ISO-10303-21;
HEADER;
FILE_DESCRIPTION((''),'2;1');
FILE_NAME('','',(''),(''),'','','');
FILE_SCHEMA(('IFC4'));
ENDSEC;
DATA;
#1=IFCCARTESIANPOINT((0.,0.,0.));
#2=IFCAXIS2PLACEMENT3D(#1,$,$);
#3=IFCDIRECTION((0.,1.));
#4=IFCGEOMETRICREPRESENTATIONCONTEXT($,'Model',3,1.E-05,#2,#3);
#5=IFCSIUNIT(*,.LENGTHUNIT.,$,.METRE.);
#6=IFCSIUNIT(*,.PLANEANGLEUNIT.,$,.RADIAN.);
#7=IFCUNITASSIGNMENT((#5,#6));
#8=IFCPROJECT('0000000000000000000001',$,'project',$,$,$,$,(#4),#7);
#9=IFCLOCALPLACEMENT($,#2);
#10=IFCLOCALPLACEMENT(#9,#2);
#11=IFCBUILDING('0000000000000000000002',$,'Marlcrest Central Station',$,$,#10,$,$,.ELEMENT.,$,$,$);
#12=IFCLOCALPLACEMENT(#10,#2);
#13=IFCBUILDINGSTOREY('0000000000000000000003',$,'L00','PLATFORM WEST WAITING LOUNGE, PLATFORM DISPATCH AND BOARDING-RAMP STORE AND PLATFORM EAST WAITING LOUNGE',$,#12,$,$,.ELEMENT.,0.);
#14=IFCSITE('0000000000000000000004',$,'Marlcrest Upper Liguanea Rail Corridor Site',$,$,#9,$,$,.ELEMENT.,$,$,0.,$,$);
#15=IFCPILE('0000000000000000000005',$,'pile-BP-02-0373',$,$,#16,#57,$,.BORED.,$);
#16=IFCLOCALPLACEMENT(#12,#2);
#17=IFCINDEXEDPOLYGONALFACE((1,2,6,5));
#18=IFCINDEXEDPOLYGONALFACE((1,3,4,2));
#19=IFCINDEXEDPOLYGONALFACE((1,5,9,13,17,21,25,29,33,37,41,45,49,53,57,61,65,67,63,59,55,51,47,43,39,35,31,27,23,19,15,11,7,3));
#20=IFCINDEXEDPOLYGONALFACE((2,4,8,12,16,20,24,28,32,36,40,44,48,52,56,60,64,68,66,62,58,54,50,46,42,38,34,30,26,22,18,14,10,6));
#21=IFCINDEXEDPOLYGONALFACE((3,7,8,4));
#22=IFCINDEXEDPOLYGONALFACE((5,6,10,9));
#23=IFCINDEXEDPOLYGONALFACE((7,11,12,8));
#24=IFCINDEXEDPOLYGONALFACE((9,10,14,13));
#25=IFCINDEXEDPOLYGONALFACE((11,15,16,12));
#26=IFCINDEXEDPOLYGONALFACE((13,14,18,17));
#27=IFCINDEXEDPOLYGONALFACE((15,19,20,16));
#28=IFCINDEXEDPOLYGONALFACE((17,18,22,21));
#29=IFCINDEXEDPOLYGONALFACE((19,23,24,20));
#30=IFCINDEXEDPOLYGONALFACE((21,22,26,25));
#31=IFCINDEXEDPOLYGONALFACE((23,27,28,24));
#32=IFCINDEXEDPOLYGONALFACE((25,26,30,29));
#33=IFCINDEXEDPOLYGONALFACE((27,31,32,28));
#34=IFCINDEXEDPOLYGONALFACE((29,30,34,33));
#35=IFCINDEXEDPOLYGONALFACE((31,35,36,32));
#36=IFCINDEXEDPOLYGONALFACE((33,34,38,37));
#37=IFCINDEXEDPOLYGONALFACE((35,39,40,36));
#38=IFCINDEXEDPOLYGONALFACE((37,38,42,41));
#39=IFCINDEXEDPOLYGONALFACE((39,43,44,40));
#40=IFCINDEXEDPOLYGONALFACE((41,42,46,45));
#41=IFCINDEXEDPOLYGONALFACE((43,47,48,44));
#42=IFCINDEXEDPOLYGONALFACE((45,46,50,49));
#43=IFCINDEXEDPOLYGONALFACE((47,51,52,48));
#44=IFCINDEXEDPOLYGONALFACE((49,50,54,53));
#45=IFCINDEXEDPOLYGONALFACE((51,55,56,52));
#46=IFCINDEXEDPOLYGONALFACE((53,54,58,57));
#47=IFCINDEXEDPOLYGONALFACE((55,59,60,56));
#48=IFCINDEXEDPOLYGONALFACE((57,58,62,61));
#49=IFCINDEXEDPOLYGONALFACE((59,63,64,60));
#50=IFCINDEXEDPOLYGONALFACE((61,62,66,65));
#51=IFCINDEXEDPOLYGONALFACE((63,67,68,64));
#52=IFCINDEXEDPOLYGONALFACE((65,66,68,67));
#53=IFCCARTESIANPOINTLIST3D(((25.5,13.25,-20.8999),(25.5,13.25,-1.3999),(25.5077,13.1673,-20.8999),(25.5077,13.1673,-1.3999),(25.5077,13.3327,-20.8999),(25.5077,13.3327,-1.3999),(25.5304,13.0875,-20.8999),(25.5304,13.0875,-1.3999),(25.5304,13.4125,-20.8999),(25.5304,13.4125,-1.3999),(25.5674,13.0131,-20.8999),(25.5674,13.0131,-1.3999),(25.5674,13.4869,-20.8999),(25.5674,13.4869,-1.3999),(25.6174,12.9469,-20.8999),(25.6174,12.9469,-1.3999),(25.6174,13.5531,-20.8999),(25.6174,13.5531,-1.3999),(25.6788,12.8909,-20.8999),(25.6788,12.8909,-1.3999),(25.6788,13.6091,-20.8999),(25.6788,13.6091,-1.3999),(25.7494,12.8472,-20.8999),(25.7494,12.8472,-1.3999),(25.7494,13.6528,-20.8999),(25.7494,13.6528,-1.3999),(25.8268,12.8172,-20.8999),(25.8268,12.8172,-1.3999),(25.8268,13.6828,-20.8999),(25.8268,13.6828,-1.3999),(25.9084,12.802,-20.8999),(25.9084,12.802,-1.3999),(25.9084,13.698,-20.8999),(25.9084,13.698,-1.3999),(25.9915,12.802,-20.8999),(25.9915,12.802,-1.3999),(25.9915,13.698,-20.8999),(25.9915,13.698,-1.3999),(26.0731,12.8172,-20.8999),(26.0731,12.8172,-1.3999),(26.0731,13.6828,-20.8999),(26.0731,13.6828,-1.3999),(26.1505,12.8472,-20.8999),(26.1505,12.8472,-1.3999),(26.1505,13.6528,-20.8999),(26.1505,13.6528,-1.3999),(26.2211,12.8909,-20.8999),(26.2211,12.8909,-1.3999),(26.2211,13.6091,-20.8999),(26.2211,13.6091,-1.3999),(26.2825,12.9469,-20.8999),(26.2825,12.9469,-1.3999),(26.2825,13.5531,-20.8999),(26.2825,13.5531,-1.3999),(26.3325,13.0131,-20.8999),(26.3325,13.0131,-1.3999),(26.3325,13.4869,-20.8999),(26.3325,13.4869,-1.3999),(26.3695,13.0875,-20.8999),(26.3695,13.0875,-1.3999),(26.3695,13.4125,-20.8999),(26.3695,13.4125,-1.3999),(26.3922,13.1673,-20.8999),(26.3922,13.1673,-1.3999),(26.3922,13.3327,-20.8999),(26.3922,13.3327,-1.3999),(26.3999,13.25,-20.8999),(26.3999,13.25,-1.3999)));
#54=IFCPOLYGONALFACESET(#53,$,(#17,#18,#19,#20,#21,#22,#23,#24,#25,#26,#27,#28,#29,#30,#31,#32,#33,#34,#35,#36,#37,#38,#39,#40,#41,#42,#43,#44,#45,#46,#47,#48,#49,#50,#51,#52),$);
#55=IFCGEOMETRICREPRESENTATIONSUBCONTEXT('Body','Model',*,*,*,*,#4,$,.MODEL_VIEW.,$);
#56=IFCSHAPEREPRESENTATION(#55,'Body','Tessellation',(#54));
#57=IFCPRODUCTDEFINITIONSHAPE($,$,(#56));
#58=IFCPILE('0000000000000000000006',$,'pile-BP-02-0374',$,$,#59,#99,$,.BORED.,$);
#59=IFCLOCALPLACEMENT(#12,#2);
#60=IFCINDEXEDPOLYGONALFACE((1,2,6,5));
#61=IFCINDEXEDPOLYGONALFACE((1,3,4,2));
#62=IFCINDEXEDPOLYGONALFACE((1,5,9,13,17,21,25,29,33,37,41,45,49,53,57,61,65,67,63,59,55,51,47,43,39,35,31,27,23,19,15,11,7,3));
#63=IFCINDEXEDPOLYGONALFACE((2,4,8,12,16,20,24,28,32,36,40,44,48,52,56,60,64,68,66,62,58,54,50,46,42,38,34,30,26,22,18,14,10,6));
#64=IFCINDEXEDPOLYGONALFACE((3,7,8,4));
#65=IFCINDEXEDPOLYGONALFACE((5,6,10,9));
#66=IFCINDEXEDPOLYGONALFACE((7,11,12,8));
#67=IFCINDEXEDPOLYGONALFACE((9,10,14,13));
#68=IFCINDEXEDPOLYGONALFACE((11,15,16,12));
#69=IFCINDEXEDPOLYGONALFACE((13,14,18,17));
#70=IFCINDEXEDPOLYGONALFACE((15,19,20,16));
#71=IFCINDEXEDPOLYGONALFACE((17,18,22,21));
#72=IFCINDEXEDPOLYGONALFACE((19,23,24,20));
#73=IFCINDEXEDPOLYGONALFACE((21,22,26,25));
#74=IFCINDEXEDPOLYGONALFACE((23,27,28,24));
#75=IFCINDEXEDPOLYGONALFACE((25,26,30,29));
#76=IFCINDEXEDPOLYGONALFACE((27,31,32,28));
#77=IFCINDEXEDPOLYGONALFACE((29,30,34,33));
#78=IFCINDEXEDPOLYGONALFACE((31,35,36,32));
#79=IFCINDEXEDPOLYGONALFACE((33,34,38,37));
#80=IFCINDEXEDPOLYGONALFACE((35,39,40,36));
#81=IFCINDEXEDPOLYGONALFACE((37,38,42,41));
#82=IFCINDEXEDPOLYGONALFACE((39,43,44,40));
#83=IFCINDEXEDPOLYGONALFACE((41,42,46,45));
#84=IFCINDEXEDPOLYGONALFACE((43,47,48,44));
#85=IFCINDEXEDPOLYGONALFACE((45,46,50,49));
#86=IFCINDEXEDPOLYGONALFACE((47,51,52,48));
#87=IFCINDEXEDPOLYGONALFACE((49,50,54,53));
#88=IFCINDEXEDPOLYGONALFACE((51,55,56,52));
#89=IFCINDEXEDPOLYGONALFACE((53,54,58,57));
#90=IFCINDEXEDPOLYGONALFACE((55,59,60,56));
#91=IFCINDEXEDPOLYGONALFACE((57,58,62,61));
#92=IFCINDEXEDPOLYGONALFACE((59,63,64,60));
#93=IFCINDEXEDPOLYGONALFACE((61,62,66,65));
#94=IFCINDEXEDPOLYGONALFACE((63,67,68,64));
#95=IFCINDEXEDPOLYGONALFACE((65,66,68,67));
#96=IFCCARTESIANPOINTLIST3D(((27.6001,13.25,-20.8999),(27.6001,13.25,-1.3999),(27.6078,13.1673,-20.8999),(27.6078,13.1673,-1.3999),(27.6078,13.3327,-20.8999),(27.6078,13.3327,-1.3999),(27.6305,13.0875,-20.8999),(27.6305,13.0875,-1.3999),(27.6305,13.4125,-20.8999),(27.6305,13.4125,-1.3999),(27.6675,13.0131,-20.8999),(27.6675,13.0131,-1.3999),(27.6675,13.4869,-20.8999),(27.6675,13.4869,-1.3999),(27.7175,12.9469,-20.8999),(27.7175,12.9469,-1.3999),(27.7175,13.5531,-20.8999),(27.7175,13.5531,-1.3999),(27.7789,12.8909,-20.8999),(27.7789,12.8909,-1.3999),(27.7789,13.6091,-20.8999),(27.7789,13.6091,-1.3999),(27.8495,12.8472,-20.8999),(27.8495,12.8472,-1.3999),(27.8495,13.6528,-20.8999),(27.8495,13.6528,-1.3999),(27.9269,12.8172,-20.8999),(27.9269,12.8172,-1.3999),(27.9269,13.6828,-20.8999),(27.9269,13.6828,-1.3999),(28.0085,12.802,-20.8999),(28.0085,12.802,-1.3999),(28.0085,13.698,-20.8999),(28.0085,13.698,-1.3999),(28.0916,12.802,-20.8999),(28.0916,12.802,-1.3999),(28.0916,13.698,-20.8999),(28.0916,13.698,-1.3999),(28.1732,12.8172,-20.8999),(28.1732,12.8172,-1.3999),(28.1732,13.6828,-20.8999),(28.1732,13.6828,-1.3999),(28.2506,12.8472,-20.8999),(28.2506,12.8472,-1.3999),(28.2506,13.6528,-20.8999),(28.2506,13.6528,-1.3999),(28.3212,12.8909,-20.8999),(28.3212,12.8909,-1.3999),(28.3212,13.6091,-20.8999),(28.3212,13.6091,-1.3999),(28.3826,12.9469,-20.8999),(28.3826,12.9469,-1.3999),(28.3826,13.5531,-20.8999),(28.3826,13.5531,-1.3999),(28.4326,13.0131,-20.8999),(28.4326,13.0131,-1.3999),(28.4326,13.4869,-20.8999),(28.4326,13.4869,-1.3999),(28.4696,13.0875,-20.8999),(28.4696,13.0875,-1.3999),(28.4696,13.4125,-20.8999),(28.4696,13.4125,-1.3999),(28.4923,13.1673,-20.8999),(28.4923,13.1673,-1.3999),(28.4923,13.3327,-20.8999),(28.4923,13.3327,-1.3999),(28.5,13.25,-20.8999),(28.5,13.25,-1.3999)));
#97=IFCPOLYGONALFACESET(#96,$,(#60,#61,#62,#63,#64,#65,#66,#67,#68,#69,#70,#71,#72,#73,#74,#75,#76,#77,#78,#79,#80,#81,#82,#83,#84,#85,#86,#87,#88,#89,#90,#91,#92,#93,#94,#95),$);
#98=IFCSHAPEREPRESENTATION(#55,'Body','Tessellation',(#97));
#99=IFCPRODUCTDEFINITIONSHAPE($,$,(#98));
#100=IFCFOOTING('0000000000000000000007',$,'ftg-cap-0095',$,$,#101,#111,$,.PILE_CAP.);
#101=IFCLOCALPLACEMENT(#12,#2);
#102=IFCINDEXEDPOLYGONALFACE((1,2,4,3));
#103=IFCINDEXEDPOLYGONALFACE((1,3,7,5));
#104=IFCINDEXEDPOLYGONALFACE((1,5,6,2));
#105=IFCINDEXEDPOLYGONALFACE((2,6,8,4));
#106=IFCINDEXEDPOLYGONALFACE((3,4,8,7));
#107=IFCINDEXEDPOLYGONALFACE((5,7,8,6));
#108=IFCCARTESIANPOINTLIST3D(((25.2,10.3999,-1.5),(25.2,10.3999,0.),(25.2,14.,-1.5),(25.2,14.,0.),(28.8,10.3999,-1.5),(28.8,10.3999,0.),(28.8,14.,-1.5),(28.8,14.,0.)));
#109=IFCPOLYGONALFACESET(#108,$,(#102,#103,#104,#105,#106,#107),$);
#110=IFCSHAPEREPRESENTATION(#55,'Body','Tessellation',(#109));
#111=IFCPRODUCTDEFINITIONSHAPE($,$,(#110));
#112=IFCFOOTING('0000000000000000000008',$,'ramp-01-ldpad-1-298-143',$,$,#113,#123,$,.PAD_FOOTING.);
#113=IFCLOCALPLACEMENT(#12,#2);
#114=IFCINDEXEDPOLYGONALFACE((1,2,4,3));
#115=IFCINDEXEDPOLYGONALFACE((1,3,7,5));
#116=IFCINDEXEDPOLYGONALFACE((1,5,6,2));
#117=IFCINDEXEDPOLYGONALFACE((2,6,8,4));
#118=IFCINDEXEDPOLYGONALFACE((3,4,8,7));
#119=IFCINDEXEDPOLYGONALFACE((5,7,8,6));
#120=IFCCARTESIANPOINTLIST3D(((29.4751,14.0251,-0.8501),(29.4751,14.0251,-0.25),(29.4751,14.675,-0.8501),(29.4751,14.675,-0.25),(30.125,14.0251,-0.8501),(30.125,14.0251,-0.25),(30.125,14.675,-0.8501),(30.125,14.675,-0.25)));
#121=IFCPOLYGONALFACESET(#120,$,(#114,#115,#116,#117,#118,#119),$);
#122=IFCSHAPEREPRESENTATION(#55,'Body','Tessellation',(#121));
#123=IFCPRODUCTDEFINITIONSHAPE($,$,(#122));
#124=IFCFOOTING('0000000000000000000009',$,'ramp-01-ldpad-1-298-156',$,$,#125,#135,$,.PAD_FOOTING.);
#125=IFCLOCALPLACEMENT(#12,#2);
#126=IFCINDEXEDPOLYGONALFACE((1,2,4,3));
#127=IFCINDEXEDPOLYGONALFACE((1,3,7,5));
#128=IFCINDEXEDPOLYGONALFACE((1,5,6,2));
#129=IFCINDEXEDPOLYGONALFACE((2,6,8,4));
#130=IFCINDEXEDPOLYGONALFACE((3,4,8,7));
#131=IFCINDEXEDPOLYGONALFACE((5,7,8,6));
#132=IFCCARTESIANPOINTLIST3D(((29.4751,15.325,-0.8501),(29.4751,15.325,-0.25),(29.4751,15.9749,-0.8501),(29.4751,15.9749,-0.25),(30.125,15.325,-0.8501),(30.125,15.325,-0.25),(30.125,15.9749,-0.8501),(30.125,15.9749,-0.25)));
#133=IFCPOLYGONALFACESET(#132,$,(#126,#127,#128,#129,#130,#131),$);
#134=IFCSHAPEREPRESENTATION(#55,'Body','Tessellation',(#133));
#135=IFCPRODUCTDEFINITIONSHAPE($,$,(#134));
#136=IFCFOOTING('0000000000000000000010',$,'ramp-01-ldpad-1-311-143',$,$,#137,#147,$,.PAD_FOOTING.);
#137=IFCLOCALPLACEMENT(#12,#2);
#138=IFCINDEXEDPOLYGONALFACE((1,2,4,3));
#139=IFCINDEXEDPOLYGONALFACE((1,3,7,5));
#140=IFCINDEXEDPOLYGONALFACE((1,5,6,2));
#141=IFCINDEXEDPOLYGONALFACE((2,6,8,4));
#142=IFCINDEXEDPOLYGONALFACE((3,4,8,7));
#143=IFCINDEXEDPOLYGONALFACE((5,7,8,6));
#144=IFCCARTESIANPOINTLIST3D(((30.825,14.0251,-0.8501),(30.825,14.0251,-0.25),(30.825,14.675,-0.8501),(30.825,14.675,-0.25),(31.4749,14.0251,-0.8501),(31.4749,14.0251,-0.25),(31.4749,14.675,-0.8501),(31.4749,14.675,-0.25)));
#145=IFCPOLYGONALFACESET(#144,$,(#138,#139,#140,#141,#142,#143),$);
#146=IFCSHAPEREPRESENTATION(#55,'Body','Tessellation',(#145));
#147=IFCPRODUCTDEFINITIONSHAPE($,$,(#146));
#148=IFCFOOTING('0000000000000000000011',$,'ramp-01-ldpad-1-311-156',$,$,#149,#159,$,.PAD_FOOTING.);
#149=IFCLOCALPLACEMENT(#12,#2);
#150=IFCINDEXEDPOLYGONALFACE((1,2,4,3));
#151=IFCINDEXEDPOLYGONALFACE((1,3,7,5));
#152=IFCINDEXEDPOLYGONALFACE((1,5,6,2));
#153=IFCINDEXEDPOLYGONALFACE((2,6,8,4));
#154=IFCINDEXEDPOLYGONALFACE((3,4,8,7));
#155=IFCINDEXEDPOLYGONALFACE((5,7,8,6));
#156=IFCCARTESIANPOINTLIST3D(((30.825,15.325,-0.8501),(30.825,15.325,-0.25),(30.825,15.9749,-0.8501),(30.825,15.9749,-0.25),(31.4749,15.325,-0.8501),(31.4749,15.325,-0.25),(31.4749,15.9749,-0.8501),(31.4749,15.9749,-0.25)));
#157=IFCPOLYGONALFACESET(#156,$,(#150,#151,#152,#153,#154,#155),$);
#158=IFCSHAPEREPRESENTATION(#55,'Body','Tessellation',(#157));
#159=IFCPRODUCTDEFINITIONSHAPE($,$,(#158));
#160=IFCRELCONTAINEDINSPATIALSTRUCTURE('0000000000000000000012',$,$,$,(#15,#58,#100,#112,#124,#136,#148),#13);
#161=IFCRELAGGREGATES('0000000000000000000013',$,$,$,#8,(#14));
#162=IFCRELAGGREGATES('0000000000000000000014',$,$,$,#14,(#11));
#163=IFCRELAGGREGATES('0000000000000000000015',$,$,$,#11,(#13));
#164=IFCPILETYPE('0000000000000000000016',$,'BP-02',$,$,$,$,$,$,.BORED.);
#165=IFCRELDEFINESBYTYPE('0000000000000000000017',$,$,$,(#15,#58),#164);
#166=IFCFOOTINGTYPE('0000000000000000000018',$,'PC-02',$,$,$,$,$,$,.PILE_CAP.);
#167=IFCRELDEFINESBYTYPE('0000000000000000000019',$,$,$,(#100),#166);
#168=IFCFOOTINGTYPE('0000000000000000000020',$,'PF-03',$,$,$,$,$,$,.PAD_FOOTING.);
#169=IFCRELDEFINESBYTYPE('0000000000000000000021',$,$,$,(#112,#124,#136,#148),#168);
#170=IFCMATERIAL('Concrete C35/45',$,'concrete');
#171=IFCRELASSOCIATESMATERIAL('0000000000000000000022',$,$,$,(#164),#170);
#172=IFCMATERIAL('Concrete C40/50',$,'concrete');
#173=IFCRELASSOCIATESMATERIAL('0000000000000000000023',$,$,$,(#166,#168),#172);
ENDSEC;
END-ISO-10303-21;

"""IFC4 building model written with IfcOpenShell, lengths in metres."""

from ifc_helpers import new_model, si_unit, direction, frame, origin, origin_2d, place, context, subcontext, project, spatial, rectangle, circle, extrude, material, material_profile, profile_set, type_object, element, save


model = new_model("IFC4")

# Units and contexts
model_context = context("Model", 3, precision=1e-05, world=origin(), true_north=direction((0.0, 1.0)))
body_context = subcontext(model_context, "Body", "Model", "MODEL_VIEW")
ifc_project = project(units=[si_unit("LENGTHUNIT", "METRE"), si_unit("PLANEANGLEUNIT", "RADIAN")], contexts=[model_context])

# Site, building, storey
site_placement = place(None, origin())
site = spatial("IfcSite", under=ifc_project, at=site_placement, Name="Marlcrest Upper Liguanea Rail Corridor Site", CompositionType="ELEMENT", RefElevation=0.0)
building_placement = place(site_placement, origin())
building = spatial("IfcBuilding", under=site, at=building_placement, Name="Marlcrest Central Station", CompositionType="ELEMENT")
storey_placement = place(building_placement, origin())
storey = spatial("IfcBuildingStorey", under=building, at=storey_placement, Name="L00", Description="PLATFORM WEST WAITING LOUNGE, PLATFORM DISPATCH AND BOARDING-RAMP STORE AND PLATFORM EAST WAITING LOUNGE", CompositionType="ELEMENT", Elevation=0.0)

# Piles
ifc_material_1 = material(Name="Concrete C35/45", Category="concrete")
ifc_material_profile_1 = material_profile(ifc_material_1, circle(Radius=0.45, at=origin_2d()), Name="PILE D900")
ifc_profile_set_1 = profile_set([ifc_material_profile_1], Name="Concrete C35/45")
pile_type = type_object("IfcPileType", Name="BP-02", PredefinedType="BORED", material=ifc_profile_set_1)
for number, where, z_axis, x_axis, name in (
    (1, (25.95, 13.25, -1.3999), (0.0, 0.0, -1.0), (1.0, 0.0, 0.0), "pile-BP-02-0373"),
    (2, (28.05, 13.25, -1.3999), (0.0, 0.0, -1.0), (1.0, 0.0, 0.0), "pile-BP-02-0374"),
):
    element("IfcPile", number, at=place(storey_placement, frame(where, z_axis=z_axis, x_axis=x_axis)), inside=storey, type_object=pile_type, Name=name, PredefinedType="BORED", context=body_context, shape_type="SweptSolid", body=[
        extrude(circle(Radius=0.45, at=origin_2d()), origin(), (0.0, 0.0, 1.0), 19.5),
    ])

# Footings
ifc_material_2 = material(Name="Concrete C40/50", Category="concrete")
footing_type_1 = type_object("IfcFootingType", Name="PC-02", PredefinedType="PILE_CAP", material=ifc_material_2)
footing_placement = place(storey_placement, frame((27.0, 12.2, -1.5), z_axis=(0.0, 0.0, 1.0), x_axis=(1.0, 0.0, 0.0)))
element("IfcFooting", 3, at=footing_placement, inside=storey, type_object=footing_type_1, Name="ftg-cap-0095", PredefinedType="PILE_CAP", context=body_context, shape_type="SweptSolid", body=[
    extrude(rectangle(XDim=3.6001, YDim=3.6001, at=origin_2d()), origin(), (0.0, 0.0, 1.0), 1.5),
])
footing_type_2 = type_object("IfcFootingType", Name="PF-03", PredefinedType="PAD_FOOTING", material=ifc_material_2)
for number, where, z_axis, x_axis, name in (
    (4, (29.8, 14.3501, -0.8501), (0.0, 0.0, 1.0), (1.0, 0.0, 0.0), "ramp-01-ldpad-1-298-143"),
    (5, (29.8, 15.6499, -0.8501), (0.0, 0.0, 1.0), (1.0, 0.0, 0.0), "ramp-01-ldpad-1-298-156"),
    (6, (31.1499, 14.3501, -0.8501), (0.0, 0.0, 1.0), (1.0, 0.0, 0.0), "ramp-01-ldpad-1-311-143"),
    (7, (31.1499, 15.6499, -0.8501), (0.0, 0.0, 1.0), (1.0, 0.0, 0.0), "ramp-01-ldpad-1-311-156"),
):
    element("IfcFooting", number, at=place(storey_placement, frame(where, z_axis=z_axis, x_axis=x_axis)), inside=storey, type_object=footing_type_2, Name=name, PredefinedType="PAD_FOOTING", context=body_context, shape_type="SweptSolid", body=[
        extrude(rectangle(XDim=0.6499, YDim=0.6499, at=origin_2d()), origin(), (0.0, 0.0, 1.0), 0.6001),
    ])

save(model, "model.ifc")
